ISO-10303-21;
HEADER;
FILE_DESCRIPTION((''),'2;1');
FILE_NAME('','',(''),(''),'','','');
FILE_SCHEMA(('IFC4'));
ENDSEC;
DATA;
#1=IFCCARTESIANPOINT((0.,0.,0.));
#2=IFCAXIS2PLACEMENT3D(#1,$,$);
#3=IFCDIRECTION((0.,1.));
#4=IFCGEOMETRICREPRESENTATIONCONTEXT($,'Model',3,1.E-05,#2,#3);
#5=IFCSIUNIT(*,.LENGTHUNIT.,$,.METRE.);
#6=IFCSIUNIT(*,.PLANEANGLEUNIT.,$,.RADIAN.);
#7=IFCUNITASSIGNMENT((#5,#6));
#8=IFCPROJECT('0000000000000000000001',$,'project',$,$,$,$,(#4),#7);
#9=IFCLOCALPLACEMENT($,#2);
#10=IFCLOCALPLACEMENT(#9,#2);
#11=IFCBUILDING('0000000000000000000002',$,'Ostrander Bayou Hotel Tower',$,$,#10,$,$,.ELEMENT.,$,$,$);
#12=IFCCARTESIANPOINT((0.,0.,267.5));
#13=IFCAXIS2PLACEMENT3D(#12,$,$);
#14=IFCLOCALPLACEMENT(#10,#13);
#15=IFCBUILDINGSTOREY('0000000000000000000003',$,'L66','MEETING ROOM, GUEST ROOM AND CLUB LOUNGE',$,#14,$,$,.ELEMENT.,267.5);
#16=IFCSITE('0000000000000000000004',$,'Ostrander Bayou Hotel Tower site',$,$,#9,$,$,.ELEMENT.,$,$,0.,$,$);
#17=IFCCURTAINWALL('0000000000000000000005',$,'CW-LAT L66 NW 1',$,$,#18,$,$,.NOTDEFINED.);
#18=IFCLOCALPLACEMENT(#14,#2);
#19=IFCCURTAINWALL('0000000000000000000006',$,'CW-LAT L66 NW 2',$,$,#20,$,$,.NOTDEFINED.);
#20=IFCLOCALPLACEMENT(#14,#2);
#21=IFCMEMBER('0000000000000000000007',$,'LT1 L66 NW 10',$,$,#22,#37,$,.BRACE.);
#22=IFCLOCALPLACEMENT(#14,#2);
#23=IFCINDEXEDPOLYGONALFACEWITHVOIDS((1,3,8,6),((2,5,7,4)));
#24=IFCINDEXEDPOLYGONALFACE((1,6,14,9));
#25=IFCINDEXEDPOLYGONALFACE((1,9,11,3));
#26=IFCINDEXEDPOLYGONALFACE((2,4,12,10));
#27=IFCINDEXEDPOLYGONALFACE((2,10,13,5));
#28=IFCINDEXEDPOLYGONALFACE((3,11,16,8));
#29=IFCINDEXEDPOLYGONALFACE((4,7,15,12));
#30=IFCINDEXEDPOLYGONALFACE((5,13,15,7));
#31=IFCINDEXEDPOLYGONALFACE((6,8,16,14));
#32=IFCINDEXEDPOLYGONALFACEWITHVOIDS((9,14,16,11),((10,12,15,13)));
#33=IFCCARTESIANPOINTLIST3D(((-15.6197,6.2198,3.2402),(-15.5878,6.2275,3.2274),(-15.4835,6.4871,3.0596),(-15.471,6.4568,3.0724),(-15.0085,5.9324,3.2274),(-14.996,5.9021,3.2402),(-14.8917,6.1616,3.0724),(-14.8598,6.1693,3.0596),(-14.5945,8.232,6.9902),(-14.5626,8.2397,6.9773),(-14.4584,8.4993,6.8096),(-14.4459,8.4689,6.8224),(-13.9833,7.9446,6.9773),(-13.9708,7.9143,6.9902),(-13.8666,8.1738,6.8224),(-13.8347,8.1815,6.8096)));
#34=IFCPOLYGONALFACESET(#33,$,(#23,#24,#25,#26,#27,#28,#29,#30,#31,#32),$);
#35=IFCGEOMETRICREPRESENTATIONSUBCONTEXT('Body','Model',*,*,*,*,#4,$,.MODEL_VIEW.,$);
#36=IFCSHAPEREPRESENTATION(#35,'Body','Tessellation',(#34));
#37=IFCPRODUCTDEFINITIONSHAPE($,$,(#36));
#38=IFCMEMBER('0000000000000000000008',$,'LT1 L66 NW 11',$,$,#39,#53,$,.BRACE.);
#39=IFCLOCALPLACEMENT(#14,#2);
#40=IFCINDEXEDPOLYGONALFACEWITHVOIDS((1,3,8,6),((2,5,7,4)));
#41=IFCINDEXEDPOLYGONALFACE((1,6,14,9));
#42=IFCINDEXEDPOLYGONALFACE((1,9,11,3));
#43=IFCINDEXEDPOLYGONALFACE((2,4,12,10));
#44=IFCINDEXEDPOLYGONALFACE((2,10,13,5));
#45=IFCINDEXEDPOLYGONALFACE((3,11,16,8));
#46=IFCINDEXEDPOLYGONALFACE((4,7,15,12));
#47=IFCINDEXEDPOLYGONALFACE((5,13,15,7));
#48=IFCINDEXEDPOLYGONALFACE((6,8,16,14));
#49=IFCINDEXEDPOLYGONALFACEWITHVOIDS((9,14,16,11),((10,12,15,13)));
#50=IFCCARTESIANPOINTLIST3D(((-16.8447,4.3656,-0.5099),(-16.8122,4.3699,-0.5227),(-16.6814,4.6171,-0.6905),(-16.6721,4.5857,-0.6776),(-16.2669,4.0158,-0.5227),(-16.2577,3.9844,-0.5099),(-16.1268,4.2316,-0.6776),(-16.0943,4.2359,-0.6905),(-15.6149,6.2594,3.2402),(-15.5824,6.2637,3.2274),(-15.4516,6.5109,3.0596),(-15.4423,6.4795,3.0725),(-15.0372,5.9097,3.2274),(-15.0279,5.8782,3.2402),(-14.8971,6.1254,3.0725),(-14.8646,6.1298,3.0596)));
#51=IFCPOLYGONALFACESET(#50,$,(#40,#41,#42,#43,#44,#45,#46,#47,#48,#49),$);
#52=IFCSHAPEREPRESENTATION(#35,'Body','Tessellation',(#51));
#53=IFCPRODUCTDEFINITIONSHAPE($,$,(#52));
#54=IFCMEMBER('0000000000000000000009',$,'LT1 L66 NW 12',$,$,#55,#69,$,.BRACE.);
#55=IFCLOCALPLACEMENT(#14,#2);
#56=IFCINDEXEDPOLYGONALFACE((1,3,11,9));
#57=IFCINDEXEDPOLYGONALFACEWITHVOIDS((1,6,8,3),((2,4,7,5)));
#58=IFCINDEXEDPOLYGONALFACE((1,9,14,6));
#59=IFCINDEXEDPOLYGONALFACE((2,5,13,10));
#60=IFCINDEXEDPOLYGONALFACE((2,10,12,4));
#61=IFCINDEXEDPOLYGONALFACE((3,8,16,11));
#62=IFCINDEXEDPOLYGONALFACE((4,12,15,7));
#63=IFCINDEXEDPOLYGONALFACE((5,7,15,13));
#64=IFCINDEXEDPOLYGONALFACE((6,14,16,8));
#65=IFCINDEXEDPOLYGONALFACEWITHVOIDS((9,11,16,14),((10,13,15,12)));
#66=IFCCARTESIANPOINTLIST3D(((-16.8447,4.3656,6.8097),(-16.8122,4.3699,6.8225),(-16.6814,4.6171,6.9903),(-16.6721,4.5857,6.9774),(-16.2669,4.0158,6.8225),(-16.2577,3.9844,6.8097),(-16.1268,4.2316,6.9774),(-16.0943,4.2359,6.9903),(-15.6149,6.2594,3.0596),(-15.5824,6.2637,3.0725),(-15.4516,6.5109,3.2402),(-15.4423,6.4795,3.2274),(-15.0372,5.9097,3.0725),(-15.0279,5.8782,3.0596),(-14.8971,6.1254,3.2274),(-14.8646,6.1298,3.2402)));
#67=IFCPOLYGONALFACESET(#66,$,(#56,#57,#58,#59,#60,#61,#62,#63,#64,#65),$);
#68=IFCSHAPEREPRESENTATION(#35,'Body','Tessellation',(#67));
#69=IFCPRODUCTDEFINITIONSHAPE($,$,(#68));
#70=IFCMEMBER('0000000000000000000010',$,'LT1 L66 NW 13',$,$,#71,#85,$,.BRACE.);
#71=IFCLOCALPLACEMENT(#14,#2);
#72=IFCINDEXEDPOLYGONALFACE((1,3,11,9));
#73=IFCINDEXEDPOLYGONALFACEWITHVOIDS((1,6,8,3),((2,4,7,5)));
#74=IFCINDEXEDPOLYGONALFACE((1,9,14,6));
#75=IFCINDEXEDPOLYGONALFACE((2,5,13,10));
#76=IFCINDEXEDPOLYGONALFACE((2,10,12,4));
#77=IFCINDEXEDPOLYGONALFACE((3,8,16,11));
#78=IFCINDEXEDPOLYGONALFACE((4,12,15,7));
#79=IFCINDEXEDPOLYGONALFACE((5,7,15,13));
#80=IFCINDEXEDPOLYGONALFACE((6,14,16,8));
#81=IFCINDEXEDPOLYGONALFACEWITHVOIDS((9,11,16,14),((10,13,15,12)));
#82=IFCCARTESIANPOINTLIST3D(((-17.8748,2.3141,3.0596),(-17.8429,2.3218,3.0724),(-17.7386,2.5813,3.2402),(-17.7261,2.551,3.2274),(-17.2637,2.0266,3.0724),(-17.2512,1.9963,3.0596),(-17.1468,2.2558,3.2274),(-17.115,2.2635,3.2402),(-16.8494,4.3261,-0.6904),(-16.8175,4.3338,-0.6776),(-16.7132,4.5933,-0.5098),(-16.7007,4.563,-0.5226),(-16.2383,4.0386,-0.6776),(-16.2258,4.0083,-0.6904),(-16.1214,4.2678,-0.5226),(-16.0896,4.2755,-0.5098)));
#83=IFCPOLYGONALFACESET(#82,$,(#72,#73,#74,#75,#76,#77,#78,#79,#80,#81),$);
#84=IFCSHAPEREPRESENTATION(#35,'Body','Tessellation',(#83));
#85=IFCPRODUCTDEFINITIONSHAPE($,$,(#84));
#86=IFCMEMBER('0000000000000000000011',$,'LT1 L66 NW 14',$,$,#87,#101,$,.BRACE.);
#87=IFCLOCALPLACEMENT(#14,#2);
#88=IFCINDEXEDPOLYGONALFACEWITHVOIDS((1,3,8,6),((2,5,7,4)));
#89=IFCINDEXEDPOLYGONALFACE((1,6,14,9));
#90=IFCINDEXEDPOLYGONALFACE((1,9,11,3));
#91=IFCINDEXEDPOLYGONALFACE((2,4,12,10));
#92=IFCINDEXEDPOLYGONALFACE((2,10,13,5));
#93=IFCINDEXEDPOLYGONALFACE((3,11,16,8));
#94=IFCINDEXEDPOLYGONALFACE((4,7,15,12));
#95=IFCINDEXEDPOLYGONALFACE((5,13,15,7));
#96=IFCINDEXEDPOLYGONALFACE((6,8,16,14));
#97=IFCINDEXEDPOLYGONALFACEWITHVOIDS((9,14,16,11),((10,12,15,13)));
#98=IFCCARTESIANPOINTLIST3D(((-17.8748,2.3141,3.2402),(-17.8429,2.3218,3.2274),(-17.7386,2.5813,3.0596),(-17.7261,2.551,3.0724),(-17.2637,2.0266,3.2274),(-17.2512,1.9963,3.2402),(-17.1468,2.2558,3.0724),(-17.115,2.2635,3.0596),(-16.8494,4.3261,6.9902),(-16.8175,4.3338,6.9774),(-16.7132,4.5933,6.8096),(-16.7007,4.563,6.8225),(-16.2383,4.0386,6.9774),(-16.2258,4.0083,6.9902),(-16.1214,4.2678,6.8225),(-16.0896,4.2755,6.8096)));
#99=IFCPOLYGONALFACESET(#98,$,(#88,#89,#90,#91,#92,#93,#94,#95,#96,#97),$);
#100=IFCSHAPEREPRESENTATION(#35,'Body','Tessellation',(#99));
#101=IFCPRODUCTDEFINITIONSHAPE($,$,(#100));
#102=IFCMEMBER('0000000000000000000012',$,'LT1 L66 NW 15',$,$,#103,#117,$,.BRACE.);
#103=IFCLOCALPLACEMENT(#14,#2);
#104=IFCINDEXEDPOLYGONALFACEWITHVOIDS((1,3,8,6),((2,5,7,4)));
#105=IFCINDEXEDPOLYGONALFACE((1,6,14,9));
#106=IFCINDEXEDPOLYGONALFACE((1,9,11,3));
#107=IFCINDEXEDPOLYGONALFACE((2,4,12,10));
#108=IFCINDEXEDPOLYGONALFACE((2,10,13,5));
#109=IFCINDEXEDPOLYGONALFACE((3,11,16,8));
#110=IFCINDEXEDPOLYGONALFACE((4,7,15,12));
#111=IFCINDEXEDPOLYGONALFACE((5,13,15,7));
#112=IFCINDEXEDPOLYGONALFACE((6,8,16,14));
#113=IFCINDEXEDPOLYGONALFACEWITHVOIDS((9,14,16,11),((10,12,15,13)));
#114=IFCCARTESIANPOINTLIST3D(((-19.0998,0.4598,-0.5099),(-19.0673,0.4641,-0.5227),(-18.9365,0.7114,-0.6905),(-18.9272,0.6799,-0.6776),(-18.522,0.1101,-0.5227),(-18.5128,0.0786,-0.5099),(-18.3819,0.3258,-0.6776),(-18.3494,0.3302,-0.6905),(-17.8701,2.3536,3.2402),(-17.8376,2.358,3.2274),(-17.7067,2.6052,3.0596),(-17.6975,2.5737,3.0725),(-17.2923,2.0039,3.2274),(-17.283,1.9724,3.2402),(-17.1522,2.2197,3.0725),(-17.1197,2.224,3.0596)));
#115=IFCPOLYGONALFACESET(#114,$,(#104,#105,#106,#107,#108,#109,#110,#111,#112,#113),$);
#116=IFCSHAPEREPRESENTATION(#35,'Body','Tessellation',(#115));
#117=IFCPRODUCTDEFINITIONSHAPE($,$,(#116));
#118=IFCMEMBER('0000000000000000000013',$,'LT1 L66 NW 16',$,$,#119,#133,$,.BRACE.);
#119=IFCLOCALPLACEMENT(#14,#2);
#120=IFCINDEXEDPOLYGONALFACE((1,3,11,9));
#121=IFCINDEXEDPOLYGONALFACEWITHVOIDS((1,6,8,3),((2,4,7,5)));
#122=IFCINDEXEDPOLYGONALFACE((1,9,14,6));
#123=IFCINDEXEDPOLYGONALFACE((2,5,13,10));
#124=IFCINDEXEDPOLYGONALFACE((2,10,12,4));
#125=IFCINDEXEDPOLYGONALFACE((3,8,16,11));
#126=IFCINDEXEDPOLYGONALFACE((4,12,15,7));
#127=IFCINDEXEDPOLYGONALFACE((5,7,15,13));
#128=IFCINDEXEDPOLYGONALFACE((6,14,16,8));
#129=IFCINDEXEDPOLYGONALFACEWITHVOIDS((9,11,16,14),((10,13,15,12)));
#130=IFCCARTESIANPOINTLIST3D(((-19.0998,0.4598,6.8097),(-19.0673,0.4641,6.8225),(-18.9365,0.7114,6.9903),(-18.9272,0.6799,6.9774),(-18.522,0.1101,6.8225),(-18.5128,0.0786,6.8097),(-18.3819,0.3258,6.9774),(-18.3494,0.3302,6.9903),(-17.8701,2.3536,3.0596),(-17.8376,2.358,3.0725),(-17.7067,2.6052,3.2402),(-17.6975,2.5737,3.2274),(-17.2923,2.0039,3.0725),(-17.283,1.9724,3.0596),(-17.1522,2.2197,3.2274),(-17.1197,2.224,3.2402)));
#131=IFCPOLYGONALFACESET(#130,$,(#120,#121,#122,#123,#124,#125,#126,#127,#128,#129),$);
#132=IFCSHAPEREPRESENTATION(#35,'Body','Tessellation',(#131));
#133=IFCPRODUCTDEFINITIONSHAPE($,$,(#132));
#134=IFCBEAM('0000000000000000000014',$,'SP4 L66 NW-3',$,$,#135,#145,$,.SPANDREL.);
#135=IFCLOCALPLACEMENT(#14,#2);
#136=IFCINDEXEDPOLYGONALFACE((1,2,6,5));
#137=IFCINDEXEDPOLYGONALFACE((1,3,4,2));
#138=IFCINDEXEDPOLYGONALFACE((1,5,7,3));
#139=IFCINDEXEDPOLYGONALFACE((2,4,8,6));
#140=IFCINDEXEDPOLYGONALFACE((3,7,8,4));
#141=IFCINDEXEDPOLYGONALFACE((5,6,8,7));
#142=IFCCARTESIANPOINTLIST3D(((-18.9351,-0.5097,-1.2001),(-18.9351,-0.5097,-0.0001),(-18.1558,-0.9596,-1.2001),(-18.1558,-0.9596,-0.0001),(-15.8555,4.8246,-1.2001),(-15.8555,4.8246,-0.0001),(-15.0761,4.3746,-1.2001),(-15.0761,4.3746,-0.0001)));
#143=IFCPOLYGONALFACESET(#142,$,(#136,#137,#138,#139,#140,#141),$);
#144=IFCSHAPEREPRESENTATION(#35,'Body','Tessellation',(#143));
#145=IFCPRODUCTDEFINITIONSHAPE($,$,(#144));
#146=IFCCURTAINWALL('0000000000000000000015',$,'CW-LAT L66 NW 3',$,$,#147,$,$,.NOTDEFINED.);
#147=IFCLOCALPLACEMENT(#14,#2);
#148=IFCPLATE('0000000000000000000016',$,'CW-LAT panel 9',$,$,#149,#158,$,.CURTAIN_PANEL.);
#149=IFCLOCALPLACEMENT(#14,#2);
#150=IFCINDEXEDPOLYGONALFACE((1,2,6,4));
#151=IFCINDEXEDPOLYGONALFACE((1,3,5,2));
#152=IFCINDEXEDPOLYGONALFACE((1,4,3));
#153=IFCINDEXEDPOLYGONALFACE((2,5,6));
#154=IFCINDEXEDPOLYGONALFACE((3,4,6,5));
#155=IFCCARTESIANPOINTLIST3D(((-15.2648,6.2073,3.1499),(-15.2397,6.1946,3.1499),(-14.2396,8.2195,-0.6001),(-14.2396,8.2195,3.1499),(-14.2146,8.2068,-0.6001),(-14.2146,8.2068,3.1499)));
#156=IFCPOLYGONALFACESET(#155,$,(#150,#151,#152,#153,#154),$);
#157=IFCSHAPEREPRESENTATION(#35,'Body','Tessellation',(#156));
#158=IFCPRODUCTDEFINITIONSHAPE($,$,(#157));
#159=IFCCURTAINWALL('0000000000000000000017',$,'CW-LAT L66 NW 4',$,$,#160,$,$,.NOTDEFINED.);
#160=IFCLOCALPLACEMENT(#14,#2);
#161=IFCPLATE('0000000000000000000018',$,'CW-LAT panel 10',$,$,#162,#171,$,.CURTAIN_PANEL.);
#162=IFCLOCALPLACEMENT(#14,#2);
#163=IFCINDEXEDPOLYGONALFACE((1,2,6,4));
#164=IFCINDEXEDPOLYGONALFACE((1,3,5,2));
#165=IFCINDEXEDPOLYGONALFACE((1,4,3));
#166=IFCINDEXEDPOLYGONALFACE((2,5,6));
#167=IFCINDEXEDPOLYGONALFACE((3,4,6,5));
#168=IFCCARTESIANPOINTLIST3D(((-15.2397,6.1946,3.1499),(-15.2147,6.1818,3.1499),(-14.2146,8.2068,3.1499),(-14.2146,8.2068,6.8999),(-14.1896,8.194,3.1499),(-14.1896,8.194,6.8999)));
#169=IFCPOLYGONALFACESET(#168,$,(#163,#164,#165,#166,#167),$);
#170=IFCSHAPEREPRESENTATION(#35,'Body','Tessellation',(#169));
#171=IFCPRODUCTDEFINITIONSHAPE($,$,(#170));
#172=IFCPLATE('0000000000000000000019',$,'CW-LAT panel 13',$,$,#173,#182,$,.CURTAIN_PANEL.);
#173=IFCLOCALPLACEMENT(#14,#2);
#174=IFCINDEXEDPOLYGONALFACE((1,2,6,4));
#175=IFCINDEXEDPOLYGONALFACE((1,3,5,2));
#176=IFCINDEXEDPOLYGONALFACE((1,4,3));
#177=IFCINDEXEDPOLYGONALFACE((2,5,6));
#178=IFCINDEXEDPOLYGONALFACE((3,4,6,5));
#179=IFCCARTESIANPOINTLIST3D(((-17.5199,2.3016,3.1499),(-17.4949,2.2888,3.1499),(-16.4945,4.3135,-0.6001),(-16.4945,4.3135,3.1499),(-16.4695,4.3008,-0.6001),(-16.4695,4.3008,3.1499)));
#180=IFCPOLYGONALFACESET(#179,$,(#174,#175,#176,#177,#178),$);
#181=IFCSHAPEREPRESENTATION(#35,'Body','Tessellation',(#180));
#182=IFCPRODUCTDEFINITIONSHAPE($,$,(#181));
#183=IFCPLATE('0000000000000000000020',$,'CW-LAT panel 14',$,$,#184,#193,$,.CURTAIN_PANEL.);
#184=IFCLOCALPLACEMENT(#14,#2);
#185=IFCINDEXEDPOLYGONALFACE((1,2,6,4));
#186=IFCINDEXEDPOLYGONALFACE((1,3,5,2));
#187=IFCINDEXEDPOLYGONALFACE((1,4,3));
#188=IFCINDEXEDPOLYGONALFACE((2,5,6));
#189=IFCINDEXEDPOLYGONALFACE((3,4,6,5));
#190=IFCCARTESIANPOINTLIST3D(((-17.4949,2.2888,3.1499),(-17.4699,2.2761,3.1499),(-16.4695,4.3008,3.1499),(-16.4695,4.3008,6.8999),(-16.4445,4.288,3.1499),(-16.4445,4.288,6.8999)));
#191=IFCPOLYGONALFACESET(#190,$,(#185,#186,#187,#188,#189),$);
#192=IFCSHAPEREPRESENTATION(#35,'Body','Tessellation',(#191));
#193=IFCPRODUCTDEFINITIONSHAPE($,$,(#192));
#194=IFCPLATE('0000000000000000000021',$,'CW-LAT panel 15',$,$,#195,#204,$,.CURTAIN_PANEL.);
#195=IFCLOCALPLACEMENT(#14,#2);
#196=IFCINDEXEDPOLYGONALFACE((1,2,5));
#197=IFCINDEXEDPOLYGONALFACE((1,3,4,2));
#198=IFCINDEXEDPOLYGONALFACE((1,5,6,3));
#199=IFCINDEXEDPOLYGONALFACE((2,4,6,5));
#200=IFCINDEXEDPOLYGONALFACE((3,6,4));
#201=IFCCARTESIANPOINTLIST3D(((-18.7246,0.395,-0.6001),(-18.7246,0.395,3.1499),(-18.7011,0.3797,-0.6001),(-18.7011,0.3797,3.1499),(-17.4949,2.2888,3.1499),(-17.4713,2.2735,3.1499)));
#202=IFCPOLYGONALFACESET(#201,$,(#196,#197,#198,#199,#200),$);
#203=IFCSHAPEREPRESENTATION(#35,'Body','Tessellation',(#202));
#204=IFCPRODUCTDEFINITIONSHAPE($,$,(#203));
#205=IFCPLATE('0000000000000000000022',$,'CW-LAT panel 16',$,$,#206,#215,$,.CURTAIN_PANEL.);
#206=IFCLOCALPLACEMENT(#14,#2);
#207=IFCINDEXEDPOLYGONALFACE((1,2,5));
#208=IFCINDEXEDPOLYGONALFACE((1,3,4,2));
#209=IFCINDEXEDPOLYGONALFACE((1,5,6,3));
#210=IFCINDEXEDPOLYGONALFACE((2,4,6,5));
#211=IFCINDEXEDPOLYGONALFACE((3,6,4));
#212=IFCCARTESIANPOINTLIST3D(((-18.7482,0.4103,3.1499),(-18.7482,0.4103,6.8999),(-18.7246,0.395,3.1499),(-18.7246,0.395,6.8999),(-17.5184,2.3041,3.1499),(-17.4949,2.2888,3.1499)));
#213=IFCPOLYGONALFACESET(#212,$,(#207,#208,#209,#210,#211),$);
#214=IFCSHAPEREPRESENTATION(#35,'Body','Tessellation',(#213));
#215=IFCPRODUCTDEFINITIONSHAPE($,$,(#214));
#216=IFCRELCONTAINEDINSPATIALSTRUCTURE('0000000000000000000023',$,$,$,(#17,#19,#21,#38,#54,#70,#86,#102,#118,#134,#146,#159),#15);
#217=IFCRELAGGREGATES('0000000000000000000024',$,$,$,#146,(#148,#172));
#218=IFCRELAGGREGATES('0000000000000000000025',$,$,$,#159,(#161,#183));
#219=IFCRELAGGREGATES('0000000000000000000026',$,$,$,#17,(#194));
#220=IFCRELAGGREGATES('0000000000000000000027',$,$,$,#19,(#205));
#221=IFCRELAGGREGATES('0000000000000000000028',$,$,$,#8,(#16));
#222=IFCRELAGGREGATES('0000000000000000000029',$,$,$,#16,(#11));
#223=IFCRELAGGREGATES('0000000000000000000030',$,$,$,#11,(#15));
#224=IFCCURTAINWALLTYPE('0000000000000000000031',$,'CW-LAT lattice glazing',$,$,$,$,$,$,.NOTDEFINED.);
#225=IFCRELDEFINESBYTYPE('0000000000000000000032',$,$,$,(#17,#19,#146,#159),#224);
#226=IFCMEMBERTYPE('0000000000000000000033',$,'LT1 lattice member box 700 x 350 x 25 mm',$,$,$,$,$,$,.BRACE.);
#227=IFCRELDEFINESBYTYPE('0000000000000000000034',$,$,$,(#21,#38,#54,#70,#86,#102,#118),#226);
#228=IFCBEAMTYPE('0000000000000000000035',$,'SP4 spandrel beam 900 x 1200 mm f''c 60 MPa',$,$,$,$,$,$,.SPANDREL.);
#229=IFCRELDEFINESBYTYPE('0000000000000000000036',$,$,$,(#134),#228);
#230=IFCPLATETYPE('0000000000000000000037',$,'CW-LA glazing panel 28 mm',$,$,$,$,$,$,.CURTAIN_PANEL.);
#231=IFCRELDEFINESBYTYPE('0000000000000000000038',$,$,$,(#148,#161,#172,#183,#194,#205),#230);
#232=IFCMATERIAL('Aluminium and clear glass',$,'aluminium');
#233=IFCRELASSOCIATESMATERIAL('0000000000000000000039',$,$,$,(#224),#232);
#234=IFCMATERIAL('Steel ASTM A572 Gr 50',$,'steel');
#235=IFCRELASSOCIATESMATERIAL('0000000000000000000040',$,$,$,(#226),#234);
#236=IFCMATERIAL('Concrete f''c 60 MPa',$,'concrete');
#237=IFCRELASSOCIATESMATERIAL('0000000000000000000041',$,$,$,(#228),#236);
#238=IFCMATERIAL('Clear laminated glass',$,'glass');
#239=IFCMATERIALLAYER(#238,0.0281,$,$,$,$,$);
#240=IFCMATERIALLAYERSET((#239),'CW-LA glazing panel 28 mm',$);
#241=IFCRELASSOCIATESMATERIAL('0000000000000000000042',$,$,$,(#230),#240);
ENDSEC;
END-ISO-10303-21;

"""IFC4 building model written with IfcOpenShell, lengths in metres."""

from ifc_helpers import new_model, si_unit, direction, frame, origin, origin_2d, place, context, subcontext, project, spatial, polyline, rectangle, hollow_rectangle, outline, extrude, material, layer, layer_set, material_profile, profile_set, type_object, element, aggregate, save


model = new_model("IFC4")

# Units and contexts
model_context = context("Model", 3, precision=1e-05, world=origin(), true_north=direction((0.0, 1.0)))
body_context = subcontext(model_context, "Body", "Model", "MODEL_VIEW")
ifc_project = project(units=[si_unit("LENGTHUNIT", "METRE"), si_unit("PLANEANGLEUNIT", "RADIAN")], contexts=[model_context])

# Site, building, storey
site_placement = place(None, origin())
site = spatial("IfcSite", under=ifc_project, at=site_placement, Name="Ostrander Bayou Hotel Tower site", CompositionType="ELEMENT", RefElevation=0.0)
building_placement = place(site_placement, origin())
building = spatial("IfcBuilding", under=site, at=building_placement, Name="Ostrander Bayou Hotel Tower", CompositionType="ELEMENT")
storey_placement = place(building_placement, frame((0.0, 0.0, 267.5)))
storey = spatial("IfcBuildingStorey", under=building, at=storey_placement, Name="L66", Description="MEETING ROOM, GUEST ROOM AND CLUB LOUNGE", CompositionType="ELEMENT", Elevation=267.5)

# Curtain walls
ifc_material_1 = material(Name="Aluminium and clear glass", Category="aluminium")
curtain_wall_type = type_object("IfcCurtainWallType", Name="CW-LAT lattice glazing", PredefinedType="NOTDEFINED", material=ifc_material_1)
curtain_wall_1_placement = place(storey_placement, origin())
curtain_wall_1 = element("IfcCurtainWall", 1, at=curtain_wall_1_placement, inside=storey, type_object=curtain_wall_type, Name="CW-LAT L66 NW 1", PredefinedType="NOTDEFINED")
curtain_wall_2_placement = place(storey_placement, origin())
curtain_wall_2 = element("IfcCurtainWall", 2, at=curtain_wall_2_placement, inside=storey, type_object=curtain_wall_type, Name="CW-LAT L66 NW 2", PredefinedType="NOTDEFINED")

# Members
ifc_material_2 = material(Name="Steel ASTM A572 Gr 50", Category="steel")
ifc_material_profile_1 = material_profile(ifc_material_2, hollow_rectangle(XDim=0.7, YDim=0.3501, WallThickness=0.0249, at=origin_2d()))
ifc_profile_set_1 = profile_set([ifc_material_profile_1], Name="Steel ASTM A572 Gr 50")
member_type_1 = type_object("IfcMemberType", Name="LT1 lattice member box 700 x 350 x 25 mm", PredefinedType="BRACE", material=ifc_profile_set_1)
for number, where, z_axis, x_axis, name in (
    (3, (-15.2397, 6.1946, 3.1499), (0.234186, 0.459672, 0.856656), (-0.891029, 0.453947, 0.0), "LT1 L66 NW 10"),
    (4, (-15.2397, 6.1946, 3.1499), (-0.280931, -0.432636, -0.856682), (0.838693, -0.544604, 0.0), "LT1 L66 NW 11"),
    (5, (-15.2397, 6.1946, 3.1499), (-0.280931, -0.432636, 0.856682), (0.838693, -0.544604, 0.0), "LT1 L66 NW 12"),
    (6, (-17.4949, 2.2888, 3.1499), (0.234245, 0.459622, -0.856666), (-0.890963, 0.454076, 0.0), "LT1 L66 NW 13"),
    (7, (-17.4949, 2.2888, 3.1499), (0.234245, 0.459622, 0.856666), (-0.890963, 0.454076, 0.0), "LT1 L66 NW 14"),
    (8, (-17.4949, 2.2888, 3.1499), (-0.280931, -0.432636, -0.856682), (0.838693, -0.544604, 0.0), "LT1 L66 NW 15"),
    (9, (-17.4949, 2.2888, 3.1499), (-0.280931, -0.432636, 0.856682), (0.838693, -0.544604, 0.0), "LT1 L66 NW 16"),
):
    element("IfcMember", number, at=place(storey_placement, frame(where, z_axis=z_axis, x_axis=x_axis)), inside=storey, type_object=member_type_1, Name=name, PredefinedType="BRACE", context=body_context, shape_type="SweptSolid", body=[
        extrude(hollow_rectangle(XDim=0.7, YDim=0.3501, WallThickness=0.0249, at=origin_2d()), origin(), (0.0, 0.0, 1.0), 4.3774),
    ])

# Beam
ifc_material_3 = material(Name="Concrete f'c 60 MPa", Category="concrete")
ifc_material_profile_2 = material_profile(ifc_material_3, rectangle(XDim=0.8999, YDim=1.2, at=origin_2d()))
ifc_profile_set_2 = profile_set([ifc_material_profile_2], Name="Concrete f'c 60 MPa")
beam_type_1 = type_object("IfcBeamType", Name="SP4 spandrel beam 900 x 1200 mm f'c 60 MPa", PredefinedType="SPANDREL", material=ifc_profile_set_2)
beam_1_placement = place(storey_placement, frame((-15.4658, 4.5996, -0.6001), z_axis=(-0.499984, -0.866034, 0.0), x_axis=(0.866034, -0.499984, 0.0)))
element("IfcBeam", 10, at=beam_1_placement, inside=storey, type_object=beam_type_1, Name="SP4 L66 NW-3", PredefinedType="SPANDREL", context=body_context, shape_type="SweptSolid", body=[
    extrude(rectangle(XDim=0.8999, YDim=1.2, at=origin_2d()), origin(), (0.0, 0.0, 1.0), 6.1594),
])

# Curtain walls, plates
curtain_wall_3_placement = place(storey_placement, origin())
curtain_wall_3 = element("IfcCurtainWall", 11, at=curtain_wall_3_placement, inside=storey, type_object=curtain_wall_type, Name="CW-LAT L66 NW 3", PredefinedType="NOTDEFINED")
ifc_material_4 = material(Name="Clear laminated glass", Category="glass")
ifc_layer_1 = layer(ifc_material_4, 0.0281)
ifc_layer_set_1 = layer_set([ifc_layer_1], Name="CW-LA glazing panel 28 mm")
plate_type = type_object("IfcPlateType", Name="CW-LA glazing panel 28 mm", PredefinedType="CURTAIN_PANEL", material=ifc_layer_set_1)
plate_1_placement = place(storey_placement, frame((-15.2397, 6.1946, 3.1499), z_axis=(0.891029, -0.453947, 0.0), x_axis=(0.234186, 0.459672, -0.856656)))
plate_1 = element("IfcPlate", 12, at=plate_1_placement, type_object=plate_type, Name="CW-LAT panel 9", PredefinedType="CURTAIN_PANEL", context=body_context, shape_type="SweptSolid", body=[
    extrude(outline(polyline([(0.0, 0.0), (4.3775, 0.0), (1.165, 1.9346), (0.0, 0.0)])), origin(), (0.0, 0.0, -1.0), 0.0281),
])
curtain_wall_4_placement = place(storey_placement, origin())
curtain_wall_4 = element("IfcCurtainWall", 13, at=curtain_wall_4_placement, inside=storey, type_object=curtain_wall_type, Name="CW-LAT L66 NW 4", PredefinedType="NOTDEFINED")
plate_2_placement = place(storey_placement, frame((-15.2397, 6.1946, 3.1499), z_axis=(-0.891029, 0.453947, 0.0), x_axis=(0.234186, 0.459672, 0.856656)))
plate_2 = element("IfcPlate", 14, at=plate_2_placement, type_object=plate_type, Name="CW-LAT panel 10", PredefinedType="CURTAIN_PANEL", context=body_context, shape_type="SweptSolid", body=[
    extrude(outline(polyline([(0.0, 0.0), (4.3775, 0.0), (1.165, 1.9346), (0.0, 0.0)])), origin(), (0.0, 0.0, -1.0), 0.0281),
])

# Plates
plate_3_placement = place(storey_placement, frame((-17.4949, 2.2888, 3.1499), z_axis=(0.890963, -0.454076, 0.0), x_axis=(0.234245, 0.459622, -0.856666)))
plate_3 = element("IfcPlate", 15, at=plate_3_placement, type_object=plate_type, Name="CW-LAT panel 13", PredefinedType="CURTAIN_PANEL", context=body_context, shape_type="SweptSolid", body=[
    extrude(outline(polyline([(0.0, 0.0), (4.3774, 0.0), (1.1649, 1.9345), (0.0, 0.0)])), origin(), (0.0, 0.0, -1.0), 0.0281),
])
aggregate(curtain_wall_3, [plate_1, plate_3])
plate_4_placement = place(storey_placement, frame((-17.4949, 2.2888, 3.1499), z_axis=(-0.890963, 0.454076, 0.0), x_axis=(0.234245, 0.459622, 0.856666)))
plate_4 = element("IfcPlate", 16, at=plate_4_placement, type_object=plate_type, Name="CW-LAT panel 14", PredefinedType="CURTAIN_PANEL", context=body_context, shape_type="SweptSolid", body=[
    extrude(outline(polyline([(0.0, 0.0), (4.3774, 0.0), (1.1649, 1.9345), (0.0, 0.0)])), origin(), (0.0, 0.0, -1.0), 0.0281),
])
aggregate(curtain_wall_4, [plate_2, plate_4])
plate_5_placement = place(storey_placement, frame((-17.4949, 2.2888, 3.1499), z_axis=(-0.838693, 0.544604, 0.0), x_axis=(-0.280931, -0.432636, -0.856682)))
plate_5 = element("IfcPlate", 17, at=plate_5_placement, type_object=plate_type, Name="CW-LAT panel 15", PredefinedType="CURTAIN_PANEL", context=body_context, shape_type="SweptSolid", body=[
    extrude(outline(polyline([(0.0, 0.0), (4.3774, 0.0), (1.1648, 1.9344), (0.0, 0.0)])), origin(), (0.0, 0.0, -1.0), 0.0281),
])
aggregate(curtain_wall_1, [plate_5])
plate_6_placement = place(storey_placement, frame((-17.4949, 2.2888, 3.1499), z_axis=(0.838693, -0.544604, 0.0), x_axis=(-0.280931, -0.432636, 0.856682)))
plate_6 = element("IfcPlate", 18, at=plate_6_placement, type_object=plate_type, Name="CW-LAT panel 16", PredefinedType="CURTAIN_PANEL", context=body_context, shape_type="SweptSolid", body=[
    extrude(outline(polyline([(0.0, 0.0), (4.3774, 0.0), (1.1648, 1.9344), (0.0, 0.0)])), origin(), (0.0, 0.0, -1.0), 0.0281),
])
aggregate(curtain_wall_2, [plate_6])

save(model, "model.ifc")
